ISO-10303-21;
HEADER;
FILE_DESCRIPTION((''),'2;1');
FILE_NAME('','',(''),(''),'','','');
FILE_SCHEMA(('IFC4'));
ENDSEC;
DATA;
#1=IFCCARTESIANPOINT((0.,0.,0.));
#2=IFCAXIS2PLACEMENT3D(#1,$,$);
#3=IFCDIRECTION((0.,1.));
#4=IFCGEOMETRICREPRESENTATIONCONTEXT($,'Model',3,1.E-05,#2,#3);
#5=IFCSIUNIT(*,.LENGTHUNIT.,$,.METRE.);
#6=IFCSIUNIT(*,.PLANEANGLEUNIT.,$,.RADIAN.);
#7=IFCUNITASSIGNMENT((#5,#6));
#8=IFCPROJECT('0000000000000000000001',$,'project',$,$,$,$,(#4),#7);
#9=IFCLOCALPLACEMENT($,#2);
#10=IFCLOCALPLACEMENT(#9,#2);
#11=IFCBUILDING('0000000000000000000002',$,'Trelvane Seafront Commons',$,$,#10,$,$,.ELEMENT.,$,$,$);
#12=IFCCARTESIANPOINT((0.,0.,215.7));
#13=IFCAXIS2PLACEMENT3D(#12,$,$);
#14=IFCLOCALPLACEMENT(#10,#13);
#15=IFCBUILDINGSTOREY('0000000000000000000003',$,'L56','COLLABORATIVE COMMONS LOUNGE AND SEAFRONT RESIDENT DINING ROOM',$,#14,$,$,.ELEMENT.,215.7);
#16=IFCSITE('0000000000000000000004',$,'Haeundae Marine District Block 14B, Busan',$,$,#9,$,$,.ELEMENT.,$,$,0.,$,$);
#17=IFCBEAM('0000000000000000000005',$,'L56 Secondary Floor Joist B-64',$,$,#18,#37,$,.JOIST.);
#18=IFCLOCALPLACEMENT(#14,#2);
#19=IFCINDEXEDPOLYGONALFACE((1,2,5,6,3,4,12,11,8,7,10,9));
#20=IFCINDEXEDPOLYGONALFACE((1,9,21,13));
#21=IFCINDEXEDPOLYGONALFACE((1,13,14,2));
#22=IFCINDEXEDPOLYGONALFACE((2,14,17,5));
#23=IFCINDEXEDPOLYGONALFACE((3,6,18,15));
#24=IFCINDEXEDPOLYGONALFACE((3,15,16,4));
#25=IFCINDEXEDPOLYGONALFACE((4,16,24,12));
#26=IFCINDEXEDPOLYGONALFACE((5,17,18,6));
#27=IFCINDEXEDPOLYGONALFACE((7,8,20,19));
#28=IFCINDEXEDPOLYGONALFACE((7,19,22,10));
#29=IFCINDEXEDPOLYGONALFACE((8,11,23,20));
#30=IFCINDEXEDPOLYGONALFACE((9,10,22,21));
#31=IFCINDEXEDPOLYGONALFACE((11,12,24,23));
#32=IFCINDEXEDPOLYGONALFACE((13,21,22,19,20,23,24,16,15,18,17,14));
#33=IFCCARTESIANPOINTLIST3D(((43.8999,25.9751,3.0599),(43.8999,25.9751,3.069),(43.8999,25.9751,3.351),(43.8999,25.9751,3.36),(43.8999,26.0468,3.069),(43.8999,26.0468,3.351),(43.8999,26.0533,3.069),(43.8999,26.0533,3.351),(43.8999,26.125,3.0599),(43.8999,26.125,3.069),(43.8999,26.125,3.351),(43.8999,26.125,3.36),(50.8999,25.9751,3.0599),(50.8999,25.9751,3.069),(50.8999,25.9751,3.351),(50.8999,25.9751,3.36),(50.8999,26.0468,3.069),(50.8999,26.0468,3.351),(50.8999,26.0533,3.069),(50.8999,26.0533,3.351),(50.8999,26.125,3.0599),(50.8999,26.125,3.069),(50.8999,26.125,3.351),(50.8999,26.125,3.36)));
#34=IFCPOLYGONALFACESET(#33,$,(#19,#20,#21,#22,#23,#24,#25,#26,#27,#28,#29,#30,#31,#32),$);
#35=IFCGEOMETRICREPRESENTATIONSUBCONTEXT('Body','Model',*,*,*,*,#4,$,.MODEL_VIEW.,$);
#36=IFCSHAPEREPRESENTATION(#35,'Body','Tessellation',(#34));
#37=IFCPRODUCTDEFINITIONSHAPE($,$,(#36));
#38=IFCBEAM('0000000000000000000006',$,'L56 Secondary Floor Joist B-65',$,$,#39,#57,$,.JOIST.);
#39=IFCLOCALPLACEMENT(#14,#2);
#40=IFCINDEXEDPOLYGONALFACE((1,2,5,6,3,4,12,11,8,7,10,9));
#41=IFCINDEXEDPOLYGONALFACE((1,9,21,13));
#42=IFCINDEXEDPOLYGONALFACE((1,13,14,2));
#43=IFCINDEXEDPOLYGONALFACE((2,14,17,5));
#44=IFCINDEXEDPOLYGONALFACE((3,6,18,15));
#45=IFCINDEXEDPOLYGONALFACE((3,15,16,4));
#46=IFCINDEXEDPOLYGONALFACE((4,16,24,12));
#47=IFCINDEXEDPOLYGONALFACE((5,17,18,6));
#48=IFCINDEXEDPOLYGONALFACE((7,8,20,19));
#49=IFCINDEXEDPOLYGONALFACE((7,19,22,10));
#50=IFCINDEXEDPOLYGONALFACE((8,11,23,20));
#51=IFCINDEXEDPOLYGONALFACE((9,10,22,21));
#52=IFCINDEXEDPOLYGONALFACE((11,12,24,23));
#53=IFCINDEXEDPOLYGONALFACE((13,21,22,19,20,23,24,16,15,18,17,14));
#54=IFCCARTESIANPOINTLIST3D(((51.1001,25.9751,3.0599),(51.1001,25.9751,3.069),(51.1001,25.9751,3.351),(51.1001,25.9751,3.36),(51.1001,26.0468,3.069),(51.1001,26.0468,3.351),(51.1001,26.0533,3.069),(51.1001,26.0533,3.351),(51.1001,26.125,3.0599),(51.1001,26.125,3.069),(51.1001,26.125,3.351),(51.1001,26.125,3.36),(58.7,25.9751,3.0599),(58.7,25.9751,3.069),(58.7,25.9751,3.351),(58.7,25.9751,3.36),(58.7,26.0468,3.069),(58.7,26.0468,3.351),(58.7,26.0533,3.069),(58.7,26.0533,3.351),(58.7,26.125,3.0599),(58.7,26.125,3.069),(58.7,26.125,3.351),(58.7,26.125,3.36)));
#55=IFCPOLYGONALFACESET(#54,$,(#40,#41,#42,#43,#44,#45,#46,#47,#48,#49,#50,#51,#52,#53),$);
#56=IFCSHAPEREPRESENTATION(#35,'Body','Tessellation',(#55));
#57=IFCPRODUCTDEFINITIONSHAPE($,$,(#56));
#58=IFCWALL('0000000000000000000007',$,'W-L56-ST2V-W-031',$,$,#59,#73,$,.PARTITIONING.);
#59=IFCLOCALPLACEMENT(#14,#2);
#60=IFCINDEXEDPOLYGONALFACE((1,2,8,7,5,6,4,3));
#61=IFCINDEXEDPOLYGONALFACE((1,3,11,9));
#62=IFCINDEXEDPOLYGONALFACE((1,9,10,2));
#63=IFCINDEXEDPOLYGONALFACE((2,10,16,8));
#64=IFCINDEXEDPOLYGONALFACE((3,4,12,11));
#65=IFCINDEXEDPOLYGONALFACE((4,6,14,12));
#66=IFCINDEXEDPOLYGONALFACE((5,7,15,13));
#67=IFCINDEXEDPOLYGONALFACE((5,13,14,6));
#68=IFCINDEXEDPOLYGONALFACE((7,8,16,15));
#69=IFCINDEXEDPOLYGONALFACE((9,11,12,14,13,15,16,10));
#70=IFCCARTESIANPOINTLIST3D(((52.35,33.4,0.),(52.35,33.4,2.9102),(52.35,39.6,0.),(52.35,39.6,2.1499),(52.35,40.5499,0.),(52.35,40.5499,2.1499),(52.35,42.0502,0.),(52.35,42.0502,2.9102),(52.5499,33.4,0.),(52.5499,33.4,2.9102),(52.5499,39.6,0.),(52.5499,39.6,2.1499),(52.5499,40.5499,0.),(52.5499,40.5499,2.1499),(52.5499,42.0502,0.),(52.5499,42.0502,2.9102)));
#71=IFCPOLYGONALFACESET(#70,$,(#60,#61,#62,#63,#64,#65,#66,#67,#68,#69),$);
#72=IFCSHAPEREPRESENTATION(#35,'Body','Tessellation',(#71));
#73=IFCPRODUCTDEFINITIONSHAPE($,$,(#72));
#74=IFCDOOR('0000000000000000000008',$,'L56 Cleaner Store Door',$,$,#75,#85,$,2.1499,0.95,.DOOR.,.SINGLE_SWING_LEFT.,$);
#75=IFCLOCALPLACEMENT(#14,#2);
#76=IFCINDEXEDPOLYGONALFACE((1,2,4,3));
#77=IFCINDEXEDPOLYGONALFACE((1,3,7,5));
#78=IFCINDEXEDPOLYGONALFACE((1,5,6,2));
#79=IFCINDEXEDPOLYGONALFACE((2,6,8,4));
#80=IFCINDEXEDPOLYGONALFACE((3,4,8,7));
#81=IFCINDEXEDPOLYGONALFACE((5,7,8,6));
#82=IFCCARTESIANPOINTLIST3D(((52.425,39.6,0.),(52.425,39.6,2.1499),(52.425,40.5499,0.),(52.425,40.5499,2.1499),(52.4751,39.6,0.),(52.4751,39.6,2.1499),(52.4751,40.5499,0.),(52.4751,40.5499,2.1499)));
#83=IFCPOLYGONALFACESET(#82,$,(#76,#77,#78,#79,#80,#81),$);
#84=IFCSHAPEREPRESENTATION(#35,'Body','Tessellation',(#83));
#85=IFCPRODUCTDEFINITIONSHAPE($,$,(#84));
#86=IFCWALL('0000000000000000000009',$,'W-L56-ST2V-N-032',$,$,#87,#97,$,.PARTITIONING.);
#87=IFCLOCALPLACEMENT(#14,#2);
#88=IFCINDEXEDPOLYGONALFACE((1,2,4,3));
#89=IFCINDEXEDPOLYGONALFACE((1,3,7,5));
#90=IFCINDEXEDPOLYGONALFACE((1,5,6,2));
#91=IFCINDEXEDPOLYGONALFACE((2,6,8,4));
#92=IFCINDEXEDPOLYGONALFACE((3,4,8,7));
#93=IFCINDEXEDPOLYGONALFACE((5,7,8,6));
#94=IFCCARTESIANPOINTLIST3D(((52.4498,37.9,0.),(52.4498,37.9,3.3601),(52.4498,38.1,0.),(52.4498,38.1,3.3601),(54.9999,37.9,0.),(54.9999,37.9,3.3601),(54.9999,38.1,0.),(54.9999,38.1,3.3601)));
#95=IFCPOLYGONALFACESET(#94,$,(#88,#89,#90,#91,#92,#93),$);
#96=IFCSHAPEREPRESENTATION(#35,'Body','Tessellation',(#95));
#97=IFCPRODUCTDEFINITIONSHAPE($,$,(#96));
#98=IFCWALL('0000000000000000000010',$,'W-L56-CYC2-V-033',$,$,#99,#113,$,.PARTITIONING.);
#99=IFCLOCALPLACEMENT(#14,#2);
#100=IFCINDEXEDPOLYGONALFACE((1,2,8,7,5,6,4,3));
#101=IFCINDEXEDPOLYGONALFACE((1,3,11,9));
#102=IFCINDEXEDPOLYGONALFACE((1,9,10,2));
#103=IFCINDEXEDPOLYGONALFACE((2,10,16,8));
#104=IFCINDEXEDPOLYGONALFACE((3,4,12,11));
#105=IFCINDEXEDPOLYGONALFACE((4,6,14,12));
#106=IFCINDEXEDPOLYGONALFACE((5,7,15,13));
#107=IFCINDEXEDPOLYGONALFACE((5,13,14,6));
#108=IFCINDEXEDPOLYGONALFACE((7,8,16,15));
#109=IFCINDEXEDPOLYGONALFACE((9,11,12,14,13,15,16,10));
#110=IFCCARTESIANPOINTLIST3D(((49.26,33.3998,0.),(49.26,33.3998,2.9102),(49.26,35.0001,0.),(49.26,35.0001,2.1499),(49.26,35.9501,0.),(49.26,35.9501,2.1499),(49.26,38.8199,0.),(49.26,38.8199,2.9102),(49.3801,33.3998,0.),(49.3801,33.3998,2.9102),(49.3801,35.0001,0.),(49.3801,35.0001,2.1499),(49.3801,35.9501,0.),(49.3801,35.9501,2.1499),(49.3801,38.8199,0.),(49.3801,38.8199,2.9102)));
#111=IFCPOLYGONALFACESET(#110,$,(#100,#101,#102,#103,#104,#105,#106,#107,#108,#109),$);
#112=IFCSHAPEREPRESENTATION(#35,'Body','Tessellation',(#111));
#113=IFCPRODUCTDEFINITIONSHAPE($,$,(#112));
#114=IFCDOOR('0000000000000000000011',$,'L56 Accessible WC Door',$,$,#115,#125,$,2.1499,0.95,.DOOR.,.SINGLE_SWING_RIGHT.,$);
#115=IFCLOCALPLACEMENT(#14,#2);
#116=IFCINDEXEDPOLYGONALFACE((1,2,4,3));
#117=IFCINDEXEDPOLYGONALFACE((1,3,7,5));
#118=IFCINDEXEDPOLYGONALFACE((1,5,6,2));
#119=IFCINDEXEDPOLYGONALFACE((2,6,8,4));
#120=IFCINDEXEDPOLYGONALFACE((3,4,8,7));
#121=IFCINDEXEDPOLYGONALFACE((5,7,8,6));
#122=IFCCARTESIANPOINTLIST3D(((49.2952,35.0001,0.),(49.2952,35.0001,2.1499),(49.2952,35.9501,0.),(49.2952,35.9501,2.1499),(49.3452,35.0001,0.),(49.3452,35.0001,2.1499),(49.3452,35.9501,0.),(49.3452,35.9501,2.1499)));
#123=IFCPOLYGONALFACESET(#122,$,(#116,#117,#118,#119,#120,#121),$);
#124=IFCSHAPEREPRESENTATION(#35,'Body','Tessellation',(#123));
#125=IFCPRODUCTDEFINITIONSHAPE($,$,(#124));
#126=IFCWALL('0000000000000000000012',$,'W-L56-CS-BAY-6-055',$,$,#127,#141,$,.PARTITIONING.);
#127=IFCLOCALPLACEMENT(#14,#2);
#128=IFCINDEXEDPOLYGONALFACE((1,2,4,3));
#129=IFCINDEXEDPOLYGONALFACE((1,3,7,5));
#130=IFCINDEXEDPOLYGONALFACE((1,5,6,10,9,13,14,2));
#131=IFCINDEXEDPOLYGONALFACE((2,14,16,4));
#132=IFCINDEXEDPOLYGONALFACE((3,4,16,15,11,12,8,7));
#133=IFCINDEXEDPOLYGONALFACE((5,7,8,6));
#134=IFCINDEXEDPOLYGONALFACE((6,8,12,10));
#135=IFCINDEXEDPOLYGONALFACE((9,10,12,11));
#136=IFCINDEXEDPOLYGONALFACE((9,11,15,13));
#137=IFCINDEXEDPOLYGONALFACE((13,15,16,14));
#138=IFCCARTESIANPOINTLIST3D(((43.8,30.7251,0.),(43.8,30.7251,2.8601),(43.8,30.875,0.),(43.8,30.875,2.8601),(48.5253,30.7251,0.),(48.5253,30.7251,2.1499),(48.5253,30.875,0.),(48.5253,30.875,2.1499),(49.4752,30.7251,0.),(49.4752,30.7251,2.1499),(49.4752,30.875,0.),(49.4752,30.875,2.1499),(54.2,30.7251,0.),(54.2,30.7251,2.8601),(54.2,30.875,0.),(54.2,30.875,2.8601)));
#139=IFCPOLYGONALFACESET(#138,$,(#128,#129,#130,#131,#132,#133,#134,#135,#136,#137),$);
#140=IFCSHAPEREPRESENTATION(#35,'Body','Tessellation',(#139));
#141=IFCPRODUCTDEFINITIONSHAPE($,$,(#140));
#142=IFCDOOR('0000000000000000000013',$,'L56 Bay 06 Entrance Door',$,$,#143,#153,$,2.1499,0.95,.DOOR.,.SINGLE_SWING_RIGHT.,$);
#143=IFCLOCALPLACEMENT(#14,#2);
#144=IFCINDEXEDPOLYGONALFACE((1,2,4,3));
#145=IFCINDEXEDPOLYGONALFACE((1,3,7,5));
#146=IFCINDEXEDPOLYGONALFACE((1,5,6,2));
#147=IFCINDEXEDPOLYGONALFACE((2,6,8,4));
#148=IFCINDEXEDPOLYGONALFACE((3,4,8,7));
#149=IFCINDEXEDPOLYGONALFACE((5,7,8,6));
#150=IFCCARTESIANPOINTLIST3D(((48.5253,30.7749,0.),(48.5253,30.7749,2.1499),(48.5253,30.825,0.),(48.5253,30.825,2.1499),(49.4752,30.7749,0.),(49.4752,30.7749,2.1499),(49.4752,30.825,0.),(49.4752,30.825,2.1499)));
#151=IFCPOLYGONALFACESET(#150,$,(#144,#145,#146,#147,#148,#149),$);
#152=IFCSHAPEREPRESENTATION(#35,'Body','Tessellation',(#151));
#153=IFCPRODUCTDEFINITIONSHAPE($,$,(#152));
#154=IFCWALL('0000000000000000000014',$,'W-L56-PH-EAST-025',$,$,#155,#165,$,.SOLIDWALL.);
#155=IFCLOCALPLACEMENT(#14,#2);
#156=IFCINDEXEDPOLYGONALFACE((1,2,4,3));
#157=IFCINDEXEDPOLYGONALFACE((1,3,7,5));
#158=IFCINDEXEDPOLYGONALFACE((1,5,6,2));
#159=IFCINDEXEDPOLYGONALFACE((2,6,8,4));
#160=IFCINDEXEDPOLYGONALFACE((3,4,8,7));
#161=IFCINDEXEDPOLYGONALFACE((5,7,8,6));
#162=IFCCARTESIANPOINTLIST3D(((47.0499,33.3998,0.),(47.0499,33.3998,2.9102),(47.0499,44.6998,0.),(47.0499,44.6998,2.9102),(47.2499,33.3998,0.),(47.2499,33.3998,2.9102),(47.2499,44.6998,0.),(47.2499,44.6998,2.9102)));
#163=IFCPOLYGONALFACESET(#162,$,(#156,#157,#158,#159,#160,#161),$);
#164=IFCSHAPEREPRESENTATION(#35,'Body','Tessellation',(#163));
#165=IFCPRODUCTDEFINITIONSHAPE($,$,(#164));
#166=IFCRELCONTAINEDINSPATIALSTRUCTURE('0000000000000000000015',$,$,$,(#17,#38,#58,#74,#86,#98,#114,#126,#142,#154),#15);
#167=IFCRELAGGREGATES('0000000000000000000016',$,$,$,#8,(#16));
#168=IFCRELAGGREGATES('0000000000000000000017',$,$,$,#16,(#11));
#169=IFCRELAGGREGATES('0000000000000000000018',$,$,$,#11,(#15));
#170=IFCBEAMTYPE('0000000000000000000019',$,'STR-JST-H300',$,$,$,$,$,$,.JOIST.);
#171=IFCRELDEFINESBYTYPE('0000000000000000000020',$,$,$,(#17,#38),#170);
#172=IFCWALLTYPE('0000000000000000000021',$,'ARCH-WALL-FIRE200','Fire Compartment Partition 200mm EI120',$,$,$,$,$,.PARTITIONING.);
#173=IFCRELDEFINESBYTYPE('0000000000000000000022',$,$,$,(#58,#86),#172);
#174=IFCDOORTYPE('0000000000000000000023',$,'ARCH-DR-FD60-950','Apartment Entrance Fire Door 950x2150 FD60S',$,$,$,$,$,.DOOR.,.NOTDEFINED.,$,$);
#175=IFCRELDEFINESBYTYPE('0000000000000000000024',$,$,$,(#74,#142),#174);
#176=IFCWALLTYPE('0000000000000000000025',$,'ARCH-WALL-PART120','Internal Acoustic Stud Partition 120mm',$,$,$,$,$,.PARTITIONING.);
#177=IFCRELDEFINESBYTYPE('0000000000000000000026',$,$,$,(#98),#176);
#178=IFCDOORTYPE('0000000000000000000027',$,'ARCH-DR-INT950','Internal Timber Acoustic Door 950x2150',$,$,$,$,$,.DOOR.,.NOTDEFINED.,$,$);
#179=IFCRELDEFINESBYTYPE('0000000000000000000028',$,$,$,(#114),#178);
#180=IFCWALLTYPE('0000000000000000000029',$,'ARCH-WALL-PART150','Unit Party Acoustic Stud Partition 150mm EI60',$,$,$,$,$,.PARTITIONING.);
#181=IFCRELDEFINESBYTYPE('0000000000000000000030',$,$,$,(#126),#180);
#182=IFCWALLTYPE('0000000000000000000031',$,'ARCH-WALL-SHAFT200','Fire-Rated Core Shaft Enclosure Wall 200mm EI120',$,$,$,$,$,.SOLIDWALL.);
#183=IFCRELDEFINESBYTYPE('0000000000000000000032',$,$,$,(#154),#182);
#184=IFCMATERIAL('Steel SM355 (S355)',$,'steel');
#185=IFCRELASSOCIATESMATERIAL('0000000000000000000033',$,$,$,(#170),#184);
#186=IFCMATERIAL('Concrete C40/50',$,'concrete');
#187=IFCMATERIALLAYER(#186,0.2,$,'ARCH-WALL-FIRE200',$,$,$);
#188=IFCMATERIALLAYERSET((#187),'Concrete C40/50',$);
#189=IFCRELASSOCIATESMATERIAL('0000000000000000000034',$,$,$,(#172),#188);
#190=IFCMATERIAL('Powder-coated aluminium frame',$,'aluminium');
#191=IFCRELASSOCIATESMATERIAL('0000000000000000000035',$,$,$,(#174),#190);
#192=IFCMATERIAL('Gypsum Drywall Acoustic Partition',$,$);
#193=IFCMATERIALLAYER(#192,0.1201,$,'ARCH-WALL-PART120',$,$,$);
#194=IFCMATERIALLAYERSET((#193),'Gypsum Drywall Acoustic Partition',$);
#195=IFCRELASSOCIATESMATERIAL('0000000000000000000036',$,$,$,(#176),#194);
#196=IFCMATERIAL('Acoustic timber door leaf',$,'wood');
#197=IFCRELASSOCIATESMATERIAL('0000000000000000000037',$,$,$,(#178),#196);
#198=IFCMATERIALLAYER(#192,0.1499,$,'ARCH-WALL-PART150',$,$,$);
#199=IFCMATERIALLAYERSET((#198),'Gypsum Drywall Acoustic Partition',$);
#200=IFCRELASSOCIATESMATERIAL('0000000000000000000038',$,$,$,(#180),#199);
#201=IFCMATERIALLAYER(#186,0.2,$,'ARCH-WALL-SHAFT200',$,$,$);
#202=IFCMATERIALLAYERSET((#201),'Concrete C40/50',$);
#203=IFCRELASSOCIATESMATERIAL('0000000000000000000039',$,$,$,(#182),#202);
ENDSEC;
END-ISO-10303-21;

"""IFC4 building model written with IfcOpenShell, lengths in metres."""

from ifc_helpers import new_model, si_unit, direction, frame, frame_2d, origin, origin_2d, place, context, subcontext, project, spatial, rectangle, i_section, extrude, source, transform, mapped, material, layer, layer_set, material_profile, profile_set, type_object, element, fill, save


model = new_model("IFC4")

# Units and contexts
model_context = context("Model", 3, precision=1e-05, world=origin(), true_north=direction((0.0, 1.0)))
body_context = subcontext(model_context, "Body", "Model", "MODEL_VIEW")
ifc_project = project(units=[si_unit("LENGTHUNIT", "METRE"), si_unit("PLANEANGLEUNIT", "RADIAN")], contexts=[model_context])

# Site, building, storey
site_placement = place(None, origin())
site = spatial("IfcSite", under=ifc_project, at=site_placement, Name="Haeundae Marine District Block 14B, Busan", CompositionType="ELEMENT", RefElevation=0.0)
building_placement = place(site_placement, origin())
building = spatial("IfcBuilding", under=site, at=building_placement, Name="Trelvane Seafront Commons", CompositionType="ELEMENT")
storey_placement = place(building_placement, frame((0.0, 0.0, 215.7)))
storey = spatial("IfcBuildingStorey", under=building, at=storey_placement, Name="L56", Description="COLLABORATIVE COMMONS LOUNGE AND SEAFRONT RESIDENT DINING ROOM", CompositionType="ELEMENT", Elevation=215.7)

# Beams
ifc_material_1 = material(Name="Steel SM355 (S355)", Category="steel")
ifc_material_profile_1 = material_profile(ifc_material_1, i_section(OverallWidth=0.1499, OverallDepth=0.3, WebThickness=0.0066, FlangeThickness=0.009, at=origin_2d()), Name="H-300x150x6.5x9")
ifc_profile_set_1 = profile_set([ifc_material_profile_1], Name="Steel SM355 (S355)")
beam_type_1 = type_object("IfcBeamType", Name="STR-JST-H300", PredefinedType="JOIST", material=ifc_profile_set_1)
shared_shape_1 = source(origin(), body_context, "Body", "SweptSolid", [
    extrude(i_section(OverallWidth=0.1499, OverallDepth=0.3, WebThickness=0.0066, FlangeThickness=0.009, at=origin_2d()), origin(), (0.0, 0.0, 1.0), 7.0),
])
beam_1_placement = place(storey_placement, frame((43.8999, 26.05, 3.21), z_axis=(1.0, 0.0, 0.0), x_axis=(0.0, 1.0, 0.0)))
element("IfcBeam", 1, at=beam_1_placement, inside=storey, type_object=beam_type_1, Name="L56 Secondary Floor Joist B-64", PredefinedType="JOIST", context=body_context, shape_type="MappedRepresentation", body=[
    mapped(shared_shape_1, transform((0.0, 0.0, 0.0), x_axis=(1.0, 0.0, 0.0), y_axis=(0.0, 1.0, 0.0), z_axis=(0.0, 0.0, 1.0), scale=1.0)),
])
shared_shape_2 = source(origin(), body_context, "Body", "SweptSolid", [
    extrude(i_section(OverallWidth=0.1499, OverallDepth=0.3, WebThickness=0.0066, FlangeThickness=0.009, at=origin_2d()), origin(), (0.0, 0.0, 1.0), 7.5999),
])
beam_2_placement = place(storey_placement, frame((51.1001, 26.05, 3.21), z_axis=(1.0, 0.0, 0.0), x_axis=(0.0, 1.0, 0.0)))
element("IfcBeam", 2, at=beam_2_placement, inside=storey, type_object=beam_type_1, Name="L56 Secondary Floor Joist B-65", PredefinedType="JOIST", context=body_context, shape_type="MappedRepresentation", body=[
    mapped(shared_shape_2, transform((0.0, 0.0, 0.0), x_axis=(1.0, 0.0, 0.0), y_axis=(0.0, 1.0, 0.0), z_axis=(0.0, 0.0, 1.0), scale=1.0)),
])

# Wall, opening, door
ifc_material_2 = material(Name="Concrete C40/50", Category="concrete")
ifc_layer_1 = layer(ifc_material_2, 0.2, Name="ARCH-WALL-FIRE200")
ifc_layer_set_1 = layer_set([ifc_layer_1], Name="Concrete C40/50")
wall_type_1 = type_object("IfcWallType", Name="ARCH-WALL-FIRE200", Description="Fire Compartment Partition 200mm EI120", PredefinedType="PARTITIONING", material=ifc_layer_set_1)
wall_1_placement = place(storey_placement, frame((52.45, 33.3999, 0.0), z_axis=(0.0, 0.0, 1.0), x_axis=(0.0, 1.0, 0.0)))
wall_1 = element("IfcWall", 3, at=wall_1_placement, inside=storey, type_object=wall_type_1, Name="W-L56-ST2V-W-031", PredefinedType="PARTITIONING", context=body_context, shape_type="SweptSolid", body=[
    extrude(rectangle(XDim=8.6501, YDim=0.2, at=frame_2d((4.3252, 0.0))), origin(), (0.0, 0.0, 1.0), 2.9102),
])
opening_1_placement = place(wall_1_placement, frame((6.2, 0.0, 0.0)))
opening_1 = element("IfcOpeningElement", 4, at=opening_1_placement, cuts=wall_1, PredefinedType="OPENING", context=body_context, shape_type="SweptSolid", body=[
    extrude(rectangle(XDim=0.95, YDim=2.1499, at=frame_2d((0.4751, 1.075))), frame((0.0, 0.1099, 0.0), z_axis=(0.0, -1.0, 0.0), x_axis=(1.0, 0.0, 0.0)), (0.0, 0.0, 1.0), 0.22),
])
ifc_material_3 = material(Name="Powder-coated aluminium frame", Category="aluminium")
door_type_1 = type_object("IfcDoorType", Name="ARCH-DR-FD60-950", Description="Apartment Entrance Fire Door 950x2150 FD60S", OperationType="NOTDEFINED", PredefinedType="DOOR", material=ifc_material_3)
shared_shape_3 = source(origin(), body_context, "Body", "SweptSolid", [
    extrude(rectangle(XDim=0.95, YDim=2.1499, at=frame_2d((0.4751, 1.075))), frame((0.0, 0.0249, 0.0), z_axis=(0.0, -1.0, 0.0), x_axis=(1.0, 0.0, 0.0)), (0.0, 0.0, 1.0), 0.05),
])
door_1_placement = place(opening_1_placement, origin())
door_1 = element("IfcDoor", 5, at=door_1_placement, inside=storey, type_object=door_type_1, Name="L56 Cleaner Store Door", OperationType="SINGLE_SWING_LEFT", OverallHeight=2.1499, OverallWidth=0.95, PredefinedType="DOOR", context=body_context, shape_type="MappedRepresentation", body=[
    mapped(shared_shape_3, transform((0.0, 0.0, 0.0), x_axis=(1.0, 0.0, 0.0), y_axis=(0.0, 1.0, 0.0), z_axis=(0.0, 0.0, 1.0), scale=1.0)),
])
fill(opening_1, door_1)

# Wall
wall_2_placement = place(storey_placement, frame((52.45, 38.0, 0.0), z_axis=(0.0, 0.0, 1.0), x_axis=(1.0, 0.0, 0.0)))
element("IfcWall", 6, at=wall_2_placement, inside=storey, type_object=wall_type_1, Name="W-L56-ST2V-N-032", PredefinedType="PARTITIONING", context=body_context, shape_type="SweptSolid", body=[
    extrude(rectangle(XDim=2.55, YDim=0.2, at=frame_2d((1.2749, 0.0))), origin(), (0.0, 0.0, 1.0), 3.3601),
])

# Walls, openings, doors
ifc_material_4 = material(Name="Gypsum Drywall Acoustic Partition")
ifc_layer_2 = layer(ifc_material_4, 0.1201, Name="ARCH-WALL-PART120")
ifc_layer_set_2 = layer_set([ifc_layer_2], Name="Gypsum Drywall Acoustic Partition")
wall_type_2 = type_object("IfcWallType", Name="ARCH-WALL-PART120", Description="Internal Acoustic Stud Partition 120mm", PredefinedType="PARTITIONING", material=ifc_layer_set_2)
wall_3_placement = place(storey_placement, frame((49.3201, 33.3999, 0.0), z_axis=(0.0, 0.0, 1.0), x_axis=(0.0, 1.0, 0.0)))
wall_3 = element("IfcWall", 7, at=wall_3_placement, inside=storey, type_object=wall_type_2, Name="W-L56-CYC2-V-033", PredefinedType="PARTITIONING", context=body_context, shape_type="SweptSolid", body=[
    extrude(rectangle(XDim=5.4202, YDim=0.1201, at=frame_2d((2.71, 0.0))), origin(), (0.0, 0.0, 1.0), 2.9102),
])
opening_2_placement = place(wall_3_placement, frame((1.6001, 0.0, 0.0)))
opening_2 = element("IfcOpeningElement", 8, at=opening_2_placement, cuts=wall_3, PredefinedType="OPENING", context=body_context, shape_type="SweptSolid", body=[
    extrude(rectangle(XDim=0.95, YDim=2.1499, at=frame_2d((0.4751, 1.075))), frame((0.0, 0.0701, 0.0), z_axis=(0.0, -1.0, 0.0), x_axis=(1.0, 0.0, 0.0)), (0.0, 0.0, 1.0), 0.1401),
])
ifc_material_5 = material(Name="Acoustic timber door leaf", Category="wood")
door_type_2 = type_object("IfcDoorType", Name="ARCH-DR-INT950", Description="Internal Timber Acoustic Door 950x2150", OperationType="NOTDEFINED", PredefinedType="DOOR", material=ifc_material_5)
door_2_placement = place(opening_2_placement, origin())
door_2 = element("IfcDoor", 9, at=door_2_placement, inside=storey, type_object=door_type_2, Name="L56 Accessible WC Door", OperationType="SINGLE_SWING_RIGHT", OverallHeight=2.1499, OverallWidth=0.95, PredefinedType="DOOR", context=body_context, shape_type="MappedRepresentation", body=[
    mapped(shared_shape_3, transform((0.0, 0.0, 0.0), x_axis=(1.0, 0.0, 0.0), y_axis=(0.0, 1.0, 0.0), z_axis=(0.0, 0.0, 1.0), scale=1.0)),
])
fill(opening_2, door_2)
ifc_layer_3 = layer(ifc_material_4, 0.1499, Name="ARCH-WALL-PART150")
ifc_layer_set_3 = layer_set([ifc_layer_3], Name="Gypsum Drywall Acoustic Partition")
wall_type_3 = type_object("IfcWallType", Name="ARCH-WALL-PART150", Description="Unit Party Acoustic Stud Partition 150mm EI60", PredefinedType="PARTITIONING", material=ifc_layer_set_3)
wall_4_placement = place(storey_placement, frame((43.8, 30.8, 0.0), z_axis=(0.0, 0.0, 1.0), x_axis=(1.0, 0.0, 0.0)))
wall_4 = element("IfcWall", 10, at=wall_4_placement, inside=storey, type_object=wall_type_3, Name="W-L56-CS-BAY-6-055", PredefinedType="PARTITIONING", context=body_context, shape_type="SweptSolid", body=[
    extrude(rectangle(XDim=10.3999, YDim=0.1499, at=frame_2d((5.2, 0.0))), origin(), (0.0, 0.0, 1.0), 2.8601),
])
opening_3_placement = place(wall_4_placement, frame((4.7251, 0.0, 0.0)))
opening_3 = element("IfcOpeningElement", 11, at=opening_3_placement, cuts=wall_4, PredefinedType="OPENING", context=body_context, shape_type="SweptSolid", body=[
    extrude(rectangle(XDim=0.95, YDim=2.1499, at=frame_2d((0.4751, 1.075))), frame((0.0, 0.085, 0.0), z_axis=(0.0, -1.0, 0.0), x_axis=(1.0, 0.0, 0.0)), (0.0, 0.0, 1.0), 0.1699),
])
door_3_placement = place(opening_3_placement, origin())
door_3 = element("IfcDoor", 12, at=door_3_placement, inside=storey, type_object=door_type_1, Name="L56 Bay 06 Entrance Door", OperationType="SINGLE_SWING_RIGHT", OverallHeight=2.1499, OverallWidth=0.95, PredefinedType="DOOR", context=body_context, shape_type="MappedRepresentation", body=[
    mapped(shared_shape_3, transform((0.0, 0.0, 0.0), x_axis=(1.0, 0.0, 0.0), y_axis=(0.0, 1.0, 0.0), z_axis=(0.0, 0.0, 1.0), scale=1.0)),
])
fill(opening_3, door_3)

# Wall
ifc_layer_4 = layer(ifc_material_2, 0.2, Name="ARCH-WALL-SHAFT200")
ifc_layer_set_4 = layer_set([ifc_layer_4], Name="Concrete C40/50")
wall_type_4 = type_object("IfcWallType", Name="ARCH-WALL-SHAFT200", Description="Fire-Rated Core Shaft Enclosure Wall 200mm EI120", PredefinedType="SOLIDWALL", material=ifc_layer_set_4)
wall_5_placement = place(storey_placement, frame((47.1499, 33.3999, 0.0), z_axis=(0.0, 0.0, 1.0), x_axis=(0.0, 1.0, 0.0)))
element("IfcWall", 13, at=wall_5_placement, inside=storey, type_object=wall_type_4, Name="W-L56-PH-EAST-025", PredefinedType="SOLIDWALL", context=body_context, shape_type="SweptSolid", body=[
    extrude(rectangle(XDim=11.3, YDim=0.2, at=frame_2d((5.6499, 0.0))), origin(), (0.0, 0.0, 1.0), 2.9102),
])

save(model, "model.ifc")
